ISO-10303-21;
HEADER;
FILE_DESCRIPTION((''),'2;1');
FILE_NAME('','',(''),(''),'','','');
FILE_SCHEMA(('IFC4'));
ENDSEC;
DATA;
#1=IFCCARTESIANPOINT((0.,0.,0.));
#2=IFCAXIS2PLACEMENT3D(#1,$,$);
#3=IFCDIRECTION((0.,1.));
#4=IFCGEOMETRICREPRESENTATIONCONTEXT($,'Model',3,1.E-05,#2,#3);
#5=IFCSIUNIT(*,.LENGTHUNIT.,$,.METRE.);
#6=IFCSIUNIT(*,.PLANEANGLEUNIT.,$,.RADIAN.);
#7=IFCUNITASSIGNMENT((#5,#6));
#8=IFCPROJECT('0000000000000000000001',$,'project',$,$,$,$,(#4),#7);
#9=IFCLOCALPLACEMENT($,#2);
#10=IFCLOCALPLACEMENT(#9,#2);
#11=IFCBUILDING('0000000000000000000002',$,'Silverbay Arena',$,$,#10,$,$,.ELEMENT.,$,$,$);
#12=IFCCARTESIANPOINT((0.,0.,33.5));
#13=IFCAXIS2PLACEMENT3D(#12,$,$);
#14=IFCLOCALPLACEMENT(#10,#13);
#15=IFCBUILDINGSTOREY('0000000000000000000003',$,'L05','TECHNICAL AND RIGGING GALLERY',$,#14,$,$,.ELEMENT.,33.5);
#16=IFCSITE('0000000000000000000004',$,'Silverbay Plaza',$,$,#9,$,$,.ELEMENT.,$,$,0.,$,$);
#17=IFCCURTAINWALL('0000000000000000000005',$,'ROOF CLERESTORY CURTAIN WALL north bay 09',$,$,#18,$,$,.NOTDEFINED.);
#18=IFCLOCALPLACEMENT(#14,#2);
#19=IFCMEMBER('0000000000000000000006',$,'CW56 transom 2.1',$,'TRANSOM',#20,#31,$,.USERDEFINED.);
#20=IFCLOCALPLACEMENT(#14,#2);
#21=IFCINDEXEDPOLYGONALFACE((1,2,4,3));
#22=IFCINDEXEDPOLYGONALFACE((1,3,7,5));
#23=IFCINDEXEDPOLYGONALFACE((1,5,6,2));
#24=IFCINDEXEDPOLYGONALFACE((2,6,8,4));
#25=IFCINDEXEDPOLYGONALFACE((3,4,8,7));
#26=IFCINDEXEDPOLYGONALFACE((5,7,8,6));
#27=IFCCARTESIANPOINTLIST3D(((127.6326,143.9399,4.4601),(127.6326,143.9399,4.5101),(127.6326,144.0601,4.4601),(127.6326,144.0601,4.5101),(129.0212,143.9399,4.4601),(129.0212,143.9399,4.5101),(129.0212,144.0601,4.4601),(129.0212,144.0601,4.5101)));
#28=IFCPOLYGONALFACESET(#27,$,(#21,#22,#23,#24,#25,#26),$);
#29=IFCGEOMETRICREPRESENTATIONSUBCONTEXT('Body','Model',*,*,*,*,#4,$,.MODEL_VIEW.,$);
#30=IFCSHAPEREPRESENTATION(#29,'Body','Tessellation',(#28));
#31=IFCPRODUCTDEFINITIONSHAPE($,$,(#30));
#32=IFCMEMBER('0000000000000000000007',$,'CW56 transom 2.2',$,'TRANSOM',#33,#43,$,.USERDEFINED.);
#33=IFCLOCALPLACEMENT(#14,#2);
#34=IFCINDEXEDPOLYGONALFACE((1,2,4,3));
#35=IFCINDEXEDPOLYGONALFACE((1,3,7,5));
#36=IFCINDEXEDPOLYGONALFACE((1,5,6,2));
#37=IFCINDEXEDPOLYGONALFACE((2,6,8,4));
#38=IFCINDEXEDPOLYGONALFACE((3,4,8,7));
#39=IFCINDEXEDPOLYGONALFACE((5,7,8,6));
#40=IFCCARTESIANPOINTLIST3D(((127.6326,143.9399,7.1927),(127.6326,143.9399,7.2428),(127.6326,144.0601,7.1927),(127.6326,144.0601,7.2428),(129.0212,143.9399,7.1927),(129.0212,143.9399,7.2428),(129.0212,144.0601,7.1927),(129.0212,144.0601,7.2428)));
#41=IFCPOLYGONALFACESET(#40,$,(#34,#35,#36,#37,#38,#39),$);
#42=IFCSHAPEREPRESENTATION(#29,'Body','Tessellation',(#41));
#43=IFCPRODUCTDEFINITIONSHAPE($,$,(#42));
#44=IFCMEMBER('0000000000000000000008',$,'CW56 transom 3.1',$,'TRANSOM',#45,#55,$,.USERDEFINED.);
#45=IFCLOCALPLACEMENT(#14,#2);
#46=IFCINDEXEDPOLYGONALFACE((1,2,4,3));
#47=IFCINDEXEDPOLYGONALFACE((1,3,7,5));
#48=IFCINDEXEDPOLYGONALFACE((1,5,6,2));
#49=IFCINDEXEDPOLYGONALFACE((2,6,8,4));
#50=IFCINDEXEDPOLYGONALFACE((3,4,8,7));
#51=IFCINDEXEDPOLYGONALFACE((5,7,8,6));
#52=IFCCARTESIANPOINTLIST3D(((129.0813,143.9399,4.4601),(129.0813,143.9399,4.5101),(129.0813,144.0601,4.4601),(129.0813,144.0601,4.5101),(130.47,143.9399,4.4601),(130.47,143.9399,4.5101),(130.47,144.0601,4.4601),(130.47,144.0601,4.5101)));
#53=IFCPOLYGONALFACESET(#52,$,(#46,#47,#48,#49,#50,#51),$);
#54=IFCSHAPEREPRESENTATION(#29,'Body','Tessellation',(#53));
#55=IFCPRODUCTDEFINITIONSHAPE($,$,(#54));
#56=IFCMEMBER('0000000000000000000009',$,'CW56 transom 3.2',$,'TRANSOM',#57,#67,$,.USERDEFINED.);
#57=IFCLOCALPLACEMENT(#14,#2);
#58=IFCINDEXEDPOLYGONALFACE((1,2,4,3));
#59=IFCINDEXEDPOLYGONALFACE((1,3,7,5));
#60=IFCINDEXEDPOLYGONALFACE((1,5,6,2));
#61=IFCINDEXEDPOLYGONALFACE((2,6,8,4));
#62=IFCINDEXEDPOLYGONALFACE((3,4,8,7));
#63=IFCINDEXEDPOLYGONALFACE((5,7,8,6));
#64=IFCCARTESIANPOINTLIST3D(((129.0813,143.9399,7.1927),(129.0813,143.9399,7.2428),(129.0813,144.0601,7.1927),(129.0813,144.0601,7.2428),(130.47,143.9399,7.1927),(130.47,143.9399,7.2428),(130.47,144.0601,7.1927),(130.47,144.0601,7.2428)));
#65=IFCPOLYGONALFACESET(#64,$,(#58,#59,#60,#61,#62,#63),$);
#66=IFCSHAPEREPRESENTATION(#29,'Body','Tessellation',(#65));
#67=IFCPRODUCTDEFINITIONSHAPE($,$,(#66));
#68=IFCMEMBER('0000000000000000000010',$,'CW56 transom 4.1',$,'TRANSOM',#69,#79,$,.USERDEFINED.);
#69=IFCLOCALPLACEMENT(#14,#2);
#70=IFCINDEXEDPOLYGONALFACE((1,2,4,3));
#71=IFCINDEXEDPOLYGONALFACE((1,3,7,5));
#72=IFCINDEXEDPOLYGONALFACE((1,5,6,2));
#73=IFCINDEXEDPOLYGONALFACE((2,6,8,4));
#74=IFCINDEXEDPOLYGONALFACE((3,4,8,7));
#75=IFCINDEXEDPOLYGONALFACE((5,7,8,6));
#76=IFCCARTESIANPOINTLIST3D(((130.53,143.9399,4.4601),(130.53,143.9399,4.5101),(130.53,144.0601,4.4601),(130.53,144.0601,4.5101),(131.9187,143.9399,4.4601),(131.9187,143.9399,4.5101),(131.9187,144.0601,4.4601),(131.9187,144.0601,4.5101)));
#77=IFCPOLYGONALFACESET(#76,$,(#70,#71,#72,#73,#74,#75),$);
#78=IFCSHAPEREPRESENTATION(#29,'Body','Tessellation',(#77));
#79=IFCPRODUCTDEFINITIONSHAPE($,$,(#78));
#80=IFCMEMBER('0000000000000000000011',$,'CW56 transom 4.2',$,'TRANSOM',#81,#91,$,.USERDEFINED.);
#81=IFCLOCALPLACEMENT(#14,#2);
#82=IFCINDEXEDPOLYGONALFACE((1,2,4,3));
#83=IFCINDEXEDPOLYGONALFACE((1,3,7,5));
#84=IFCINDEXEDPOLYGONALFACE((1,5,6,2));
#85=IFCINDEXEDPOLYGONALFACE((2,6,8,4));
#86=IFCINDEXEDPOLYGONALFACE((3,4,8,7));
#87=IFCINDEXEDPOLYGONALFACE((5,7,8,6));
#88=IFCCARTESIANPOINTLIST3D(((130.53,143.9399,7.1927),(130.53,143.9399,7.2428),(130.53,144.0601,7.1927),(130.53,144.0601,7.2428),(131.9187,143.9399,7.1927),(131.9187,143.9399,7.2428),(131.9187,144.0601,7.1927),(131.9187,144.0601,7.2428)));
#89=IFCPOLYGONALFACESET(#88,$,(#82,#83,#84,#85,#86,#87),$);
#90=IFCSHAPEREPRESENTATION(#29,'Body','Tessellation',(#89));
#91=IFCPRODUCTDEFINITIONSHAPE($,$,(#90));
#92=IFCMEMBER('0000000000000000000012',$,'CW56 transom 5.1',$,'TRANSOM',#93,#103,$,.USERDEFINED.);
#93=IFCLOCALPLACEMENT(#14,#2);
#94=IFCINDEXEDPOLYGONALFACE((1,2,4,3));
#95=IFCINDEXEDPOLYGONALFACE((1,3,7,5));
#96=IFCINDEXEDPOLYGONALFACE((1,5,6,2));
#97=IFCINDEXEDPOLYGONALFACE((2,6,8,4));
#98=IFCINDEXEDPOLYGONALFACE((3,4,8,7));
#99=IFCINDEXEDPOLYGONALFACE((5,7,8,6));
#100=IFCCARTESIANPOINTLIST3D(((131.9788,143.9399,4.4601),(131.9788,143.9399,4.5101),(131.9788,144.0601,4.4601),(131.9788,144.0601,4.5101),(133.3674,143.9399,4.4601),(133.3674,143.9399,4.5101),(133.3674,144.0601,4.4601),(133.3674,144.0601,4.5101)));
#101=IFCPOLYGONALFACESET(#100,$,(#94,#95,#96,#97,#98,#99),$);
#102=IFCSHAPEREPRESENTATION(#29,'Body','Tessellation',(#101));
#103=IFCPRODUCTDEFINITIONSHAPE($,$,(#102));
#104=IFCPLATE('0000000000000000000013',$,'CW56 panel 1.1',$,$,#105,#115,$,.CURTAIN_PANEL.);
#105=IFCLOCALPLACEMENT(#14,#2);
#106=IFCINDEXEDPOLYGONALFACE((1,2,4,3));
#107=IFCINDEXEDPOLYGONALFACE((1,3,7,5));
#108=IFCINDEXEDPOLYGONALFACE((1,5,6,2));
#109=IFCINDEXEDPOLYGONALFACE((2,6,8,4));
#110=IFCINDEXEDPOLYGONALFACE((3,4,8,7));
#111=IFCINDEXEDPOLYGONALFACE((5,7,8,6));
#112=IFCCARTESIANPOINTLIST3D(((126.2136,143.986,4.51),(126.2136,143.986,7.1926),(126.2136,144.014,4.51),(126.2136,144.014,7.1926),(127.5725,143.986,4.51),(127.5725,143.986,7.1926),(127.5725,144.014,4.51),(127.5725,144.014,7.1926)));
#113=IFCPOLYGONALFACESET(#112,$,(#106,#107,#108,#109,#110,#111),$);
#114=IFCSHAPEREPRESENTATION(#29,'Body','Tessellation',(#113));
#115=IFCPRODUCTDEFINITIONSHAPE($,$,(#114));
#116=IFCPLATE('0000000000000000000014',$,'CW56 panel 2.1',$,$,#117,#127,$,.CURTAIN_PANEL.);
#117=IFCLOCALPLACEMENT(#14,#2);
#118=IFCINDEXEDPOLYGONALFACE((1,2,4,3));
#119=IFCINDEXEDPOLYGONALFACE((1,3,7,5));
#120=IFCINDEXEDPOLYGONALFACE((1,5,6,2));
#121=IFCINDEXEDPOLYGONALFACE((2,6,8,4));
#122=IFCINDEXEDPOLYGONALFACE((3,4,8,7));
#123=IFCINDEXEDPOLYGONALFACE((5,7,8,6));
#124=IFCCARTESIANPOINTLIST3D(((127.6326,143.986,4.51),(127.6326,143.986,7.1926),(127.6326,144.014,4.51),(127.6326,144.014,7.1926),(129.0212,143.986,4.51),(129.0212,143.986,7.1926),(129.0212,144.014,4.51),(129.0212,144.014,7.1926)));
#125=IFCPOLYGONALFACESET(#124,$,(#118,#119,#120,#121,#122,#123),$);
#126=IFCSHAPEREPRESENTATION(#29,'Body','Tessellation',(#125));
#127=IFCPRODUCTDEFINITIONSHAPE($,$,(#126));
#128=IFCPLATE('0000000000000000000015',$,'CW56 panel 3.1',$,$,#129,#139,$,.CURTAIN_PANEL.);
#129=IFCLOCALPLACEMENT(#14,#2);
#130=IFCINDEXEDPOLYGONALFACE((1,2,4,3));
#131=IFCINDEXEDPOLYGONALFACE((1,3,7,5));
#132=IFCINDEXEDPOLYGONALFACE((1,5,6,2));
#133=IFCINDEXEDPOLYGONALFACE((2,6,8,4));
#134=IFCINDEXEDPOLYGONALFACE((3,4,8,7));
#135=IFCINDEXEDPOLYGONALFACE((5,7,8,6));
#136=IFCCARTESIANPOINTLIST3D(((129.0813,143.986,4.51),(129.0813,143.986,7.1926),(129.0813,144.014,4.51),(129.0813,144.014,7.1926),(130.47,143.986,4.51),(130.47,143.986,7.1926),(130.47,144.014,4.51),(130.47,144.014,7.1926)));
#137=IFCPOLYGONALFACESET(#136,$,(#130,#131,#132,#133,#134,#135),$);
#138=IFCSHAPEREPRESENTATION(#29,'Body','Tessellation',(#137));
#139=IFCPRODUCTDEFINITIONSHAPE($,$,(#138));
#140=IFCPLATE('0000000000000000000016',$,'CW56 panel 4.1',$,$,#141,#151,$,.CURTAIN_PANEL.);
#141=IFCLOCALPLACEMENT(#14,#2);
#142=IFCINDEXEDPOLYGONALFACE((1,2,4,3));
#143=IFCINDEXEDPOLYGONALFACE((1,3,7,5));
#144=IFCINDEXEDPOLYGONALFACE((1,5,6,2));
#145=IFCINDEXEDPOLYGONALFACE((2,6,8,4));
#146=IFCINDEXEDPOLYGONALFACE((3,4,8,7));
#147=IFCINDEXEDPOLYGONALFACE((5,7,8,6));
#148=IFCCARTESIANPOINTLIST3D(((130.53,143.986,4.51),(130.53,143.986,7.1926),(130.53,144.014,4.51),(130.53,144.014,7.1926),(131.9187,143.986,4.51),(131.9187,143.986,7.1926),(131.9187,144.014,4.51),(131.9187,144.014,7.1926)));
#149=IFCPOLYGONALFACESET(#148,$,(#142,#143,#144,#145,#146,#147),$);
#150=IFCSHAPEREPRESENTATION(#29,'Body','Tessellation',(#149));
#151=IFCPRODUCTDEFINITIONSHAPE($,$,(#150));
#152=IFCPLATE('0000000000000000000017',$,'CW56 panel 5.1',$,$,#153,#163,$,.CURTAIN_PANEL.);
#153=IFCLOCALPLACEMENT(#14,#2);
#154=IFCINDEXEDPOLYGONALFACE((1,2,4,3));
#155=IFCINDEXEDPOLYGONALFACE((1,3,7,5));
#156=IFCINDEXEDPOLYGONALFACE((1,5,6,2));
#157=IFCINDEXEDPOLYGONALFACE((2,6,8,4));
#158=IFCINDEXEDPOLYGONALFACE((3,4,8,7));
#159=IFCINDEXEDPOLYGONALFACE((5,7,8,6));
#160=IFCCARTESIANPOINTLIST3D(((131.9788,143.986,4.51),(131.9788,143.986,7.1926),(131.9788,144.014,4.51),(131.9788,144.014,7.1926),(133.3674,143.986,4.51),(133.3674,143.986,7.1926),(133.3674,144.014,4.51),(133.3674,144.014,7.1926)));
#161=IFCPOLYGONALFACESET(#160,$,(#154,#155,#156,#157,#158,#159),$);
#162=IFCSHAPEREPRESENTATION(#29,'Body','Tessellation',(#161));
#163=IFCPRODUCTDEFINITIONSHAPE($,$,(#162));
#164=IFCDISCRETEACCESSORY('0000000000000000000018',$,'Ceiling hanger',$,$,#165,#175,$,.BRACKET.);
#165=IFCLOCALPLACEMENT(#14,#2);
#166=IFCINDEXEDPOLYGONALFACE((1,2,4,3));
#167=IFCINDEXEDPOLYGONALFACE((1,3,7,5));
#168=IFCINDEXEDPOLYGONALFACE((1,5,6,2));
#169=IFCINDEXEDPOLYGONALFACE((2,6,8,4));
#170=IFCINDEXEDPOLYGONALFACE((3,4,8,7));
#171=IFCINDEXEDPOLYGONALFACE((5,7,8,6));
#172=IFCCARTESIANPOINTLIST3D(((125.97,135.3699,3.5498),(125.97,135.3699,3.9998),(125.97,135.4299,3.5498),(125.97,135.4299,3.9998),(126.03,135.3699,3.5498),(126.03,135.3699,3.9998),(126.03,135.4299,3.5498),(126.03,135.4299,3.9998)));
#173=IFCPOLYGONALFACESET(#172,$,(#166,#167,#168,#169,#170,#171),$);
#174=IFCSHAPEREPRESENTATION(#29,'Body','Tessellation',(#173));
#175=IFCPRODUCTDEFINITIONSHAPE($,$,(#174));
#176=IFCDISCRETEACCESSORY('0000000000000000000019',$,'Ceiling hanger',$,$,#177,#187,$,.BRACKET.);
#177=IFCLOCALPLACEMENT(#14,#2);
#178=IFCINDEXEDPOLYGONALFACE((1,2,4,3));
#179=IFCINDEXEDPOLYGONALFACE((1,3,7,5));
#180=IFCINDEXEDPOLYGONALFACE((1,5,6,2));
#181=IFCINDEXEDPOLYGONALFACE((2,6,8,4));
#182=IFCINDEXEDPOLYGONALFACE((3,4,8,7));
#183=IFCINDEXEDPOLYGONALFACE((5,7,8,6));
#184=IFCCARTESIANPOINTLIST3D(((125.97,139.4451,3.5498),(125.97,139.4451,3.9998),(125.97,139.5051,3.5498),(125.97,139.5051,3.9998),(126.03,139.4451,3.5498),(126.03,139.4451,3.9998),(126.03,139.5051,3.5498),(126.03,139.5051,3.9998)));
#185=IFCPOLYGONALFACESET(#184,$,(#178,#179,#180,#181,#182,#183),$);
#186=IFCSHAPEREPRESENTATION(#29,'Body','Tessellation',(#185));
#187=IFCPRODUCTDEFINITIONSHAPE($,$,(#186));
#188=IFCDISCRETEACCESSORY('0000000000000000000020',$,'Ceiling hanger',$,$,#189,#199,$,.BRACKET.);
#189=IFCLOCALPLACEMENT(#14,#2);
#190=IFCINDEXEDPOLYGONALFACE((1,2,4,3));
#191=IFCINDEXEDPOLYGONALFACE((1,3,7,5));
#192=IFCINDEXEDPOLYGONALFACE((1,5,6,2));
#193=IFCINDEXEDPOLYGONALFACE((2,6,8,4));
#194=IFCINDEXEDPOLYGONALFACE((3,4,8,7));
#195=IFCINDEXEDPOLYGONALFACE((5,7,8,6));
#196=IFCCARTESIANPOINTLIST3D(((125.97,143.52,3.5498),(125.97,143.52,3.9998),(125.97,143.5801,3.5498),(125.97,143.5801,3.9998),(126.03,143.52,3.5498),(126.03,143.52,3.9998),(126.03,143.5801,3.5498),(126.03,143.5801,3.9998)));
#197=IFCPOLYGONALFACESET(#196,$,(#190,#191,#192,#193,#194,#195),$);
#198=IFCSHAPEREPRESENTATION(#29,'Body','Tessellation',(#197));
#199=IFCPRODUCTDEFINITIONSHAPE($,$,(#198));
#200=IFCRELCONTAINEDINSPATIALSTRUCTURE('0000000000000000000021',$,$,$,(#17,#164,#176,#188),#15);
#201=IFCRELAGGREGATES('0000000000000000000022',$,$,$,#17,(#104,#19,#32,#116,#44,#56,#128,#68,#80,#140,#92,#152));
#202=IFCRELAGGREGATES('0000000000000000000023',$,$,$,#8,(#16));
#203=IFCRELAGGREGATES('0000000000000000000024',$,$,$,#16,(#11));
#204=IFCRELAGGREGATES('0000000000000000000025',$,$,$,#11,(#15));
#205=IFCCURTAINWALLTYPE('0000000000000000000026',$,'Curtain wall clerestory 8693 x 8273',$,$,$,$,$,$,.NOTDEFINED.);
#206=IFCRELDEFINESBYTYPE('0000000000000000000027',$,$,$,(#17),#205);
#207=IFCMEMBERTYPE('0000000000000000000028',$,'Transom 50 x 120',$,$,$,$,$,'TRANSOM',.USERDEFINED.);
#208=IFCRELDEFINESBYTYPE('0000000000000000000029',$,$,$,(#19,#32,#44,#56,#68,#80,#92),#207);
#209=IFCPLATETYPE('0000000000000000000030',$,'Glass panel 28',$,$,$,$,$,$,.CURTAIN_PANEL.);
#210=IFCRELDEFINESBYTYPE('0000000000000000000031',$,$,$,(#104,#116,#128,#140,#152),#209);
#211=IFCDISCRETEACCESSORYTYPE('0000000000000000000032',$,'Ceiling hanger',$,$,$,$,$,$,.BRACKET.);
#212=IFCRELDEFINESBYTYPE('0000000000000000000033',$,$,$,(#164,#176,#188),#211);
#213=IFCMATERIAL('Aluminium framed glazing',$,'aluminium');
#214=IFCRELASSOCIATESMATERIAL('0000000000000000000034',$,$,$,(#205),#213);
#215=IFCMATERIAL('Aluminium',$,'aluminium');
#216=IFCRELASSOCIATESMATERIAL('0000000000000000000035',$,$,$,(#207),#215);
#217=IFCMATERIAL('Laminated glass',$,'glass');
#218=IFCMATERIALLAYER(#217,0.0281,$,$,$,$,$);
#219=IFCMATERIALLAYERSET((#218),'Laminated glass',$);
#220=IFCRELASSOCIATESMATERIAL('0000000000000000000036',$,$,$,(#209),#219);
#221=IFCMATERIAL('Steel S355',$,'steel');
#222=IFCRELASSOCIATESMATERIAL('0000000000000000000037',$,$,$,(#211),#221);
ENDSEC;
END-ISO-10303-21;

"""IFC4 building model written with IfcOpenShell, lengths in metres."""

from ifc_helpers import new_model, si_unit, direction, frame, origin, origin_2d, place, context, subcontext, project, spatial, rectangle, extrude, material, layer, layer_set, material_profile, profile_set, type_object, element, aggregate, save


model = new_model("IFC4")

# Units and contexts
model_context = context("Model", 3, precision=1e-05, world=origin(), true_north=direction((0.0, 1.0)))
body_context = subcontext(model_context, "Body", "Model", "MODEL_VIEW")
ifc_project = project(units=[si_unit("LENGTHUNIT", "METRE"), si_unit("PLANEANGLEUNIT", "RADIAN")], contexts=[model_context])

# Site, building, storey
site_placement = place(None, origin())
site = spatial("IfcSite", under=ifc_project, at=site_placement, Name="Silverbay Plaza", CompositionType="ELEMENT", RefElevation=0.0)
building_placement = place(site_placement, origin())
building = spatial("IfcBuilding", under=site, at=building_placement, Name="Silverbay Arena", CompositionType="ELEMENT")
storey_placement = place(building_placement, frame((0.0, 0.0, 33.5)))
storey = spatial("IfcBuildingStorey", under=building, at=storey_placement, Name="L05", Description="TECHNICAL AND RIGGING GALLERY", CompositionType="ELEMENT", Elevation=33.5)

# Curtain wall
ifc_material_1 = material(Name="Aluminium framed glazing", Category="aluminium")
curtain_wall_type = type_object("IfcCurtainWallType", Name="Curtain wall clerestory 8693 x 8273", PredefinedType="NOTDEFINED", material=ifc_material_1)
curtain_wall_placement = place(storey_placement, origin())
curtain_wall = element("IfcCurtainWall", 1, at=curtain_wall_placement, inside=storey, type_object=curtain_wall_type, Name="ROOF CLERESTORY CURTAIN WALL north bay 09", PredefinedType="NOTDEFINED")

# Members
ifc_material_2 = material(Name="Aluminium", Category="aluminium")
ifc_material_profile_1 = material_profile(ifc_material_2, rectangle(XDim=0.1201, YDim=0.05, at=origin_2d()), Name="Transom 50 x 120")
ifc_profile_set_1 = profile_set([ifc_material_profile_1], Name="Aluminium")
member_type_1 = type_object("IfcMemberType", Name="Transom 50 x 120", ElementType="TRANSOM", PredefinedType="USERDEFINED", material=ifc_profile_set_1)
member_1_placement = place(storey_placement, frame((127.6326, 144.0, 4.4851), z_axis=(1.0, 0.0, 0.0), x_axis=(0.0, 1.0, 0.0)))
member_1 = element("IfcMember", 2, at=member_1_placement, type_object=member_type_1, Name="CW56 transom 2.1", ObjectType="TRANSOM", PredefinedType="USERDEFINED", context=body_context, shape_type="SweptSolid", body=[
    extrude(rectangle(XDim=0.1201, YDim=0.05, at=origin_2d()), origin(), (0.0, 0.0, 1.0), 1.3887),
])
member_2_placement = place(storey_placement, frame((127.6326, 144.0, 7.2178), z_axis=(1.0, 0.0, 0.0), x_axis=(0.0, 1.0, 0.0)))
member_2 = element("IfcMember", 3, at=member_2_placement, type_object=member_type_1, Name="CW56 transom 2.2", ObjectType="TRANSOM", PredefinedType="USERDEFINED", context=body_context, shape_type="SweptSolid", body=[
    extrude(rectangle(XDim=0.1201, YDim=0.05, at=origin_2d()), origin(), (0.0, 0.0, 1.0), 1.3887),
])
member_3_placement = place(storey_placement, frame((129.0813, 144.0, 4.4851), z_axis=(1.0, 0.0, 0.0), x_axis=(0.0, 1.0, 0.0)))
member_3 = element("IfcMember", 4, at=member_3_placement, type_object=member_type_1, Name="CW56 transom 3.1", ObjectType="TRANSOM", PredefinedType="USERDEFINED", context=body_context, shape_type="SweptSolid", body=[
    extrude(rectangle(XDim=0.1201, YDim=0.05, at=origin_2d()), origin(), (0.0, 0.0, 1.0), 1.3887),
])
member_4_placement = place(storey_placement, frame((129.0813, 144.0, 7.2178), z_axis=(1.0, 0.0, 0.0), x_axis=(0.0, 1.0, 0.0)))
member_4 = element("IfcMember", 5, at=member_4_placement, type_object=member_type_1, Name="CW56 transom 3.2", ObjectType="TRANSOM", PredefinedType="USERDEFINED", context=body_context, shape_type="SweptSolid", body=[
    extrude(rectangle(XDim=0.1201, YDim=0.05, at=origin_2d()), origin(), (0.0, 0.0, 1.0), 1.3887),
])
member_5_placement = place(storey_placement, frame((130.53, 144.0, 4.4851), z_axis=(1.0, 0.0, 0.0), x_axis=(0.0, 1.0, 0.0)))
member_5 = element("IfcMember", 6, at=member_5_placement, type_object=member_type_1, Name="CW56 transom 4.1", ObjectType="TRANSOM", PredefinedType="USERDEFINED", context=body_context, shape_type="SweptSolid", body=[
    extrude(rectangle(XDim=0.1201, YDim=0.05, at=origin_2d()), origin(), (0.0, 0.0, 1.0), 1.3887),
])
member_6_placement = place(storey_placement, frame((130.53, 144.0, 7.2178), z_axis=(1.0, 0.0, 0.0), x_axis=(0.0, 1.0, 0.0)))
member_6 = element("IfcMember", 7, at=member_6_placement, type_object=member_type_1, Name="CW56 transom 4.2", ObjectType="TRANSOM", PredefinedType="USERDEFINED", context=body_context, shape_type="SweptSolid", body=[
    extrude(rectangle(XDim=0.1201, YDim=0.05, at=origin_2d()), origin(), (0.0, 0.0, 1.0), 1.3887),
])
member_7_placement = place(storey_placement, frame((131.9788, 144.0, 4.4851), z_axis=(1.0, 0.0, 0.0), x_axis=(0.0, 1.0, 0.0)))
member_7 = element("IfcMember", 8, at=member_7_placement, type_object=member_type_1, Name="CW56 transom 5.1", ObjectType="TRANSOM", PredefinedType="USERDEFINED", context=body_context, shape_type="SweptSolid", body=[
    extrude(rectangle(XDim=0.1201, YDim=0.05, at=origin_2d()), origin(), (0.0, 0.0, 1.0), 1.3887),
])

# Plates
ifc_material_3 = material(Name="Laminated glass", Category="glass")
ifc_layer = layer(ifc_material_3, 0.0281)
ifc_layer_set = layer_set([ifc_layer], Name="Laminated glass")
plate_type = type_object("IfcPlateType", Name="Glass panel 28", PredefinedType="CURTAIN_PANEL", material=ifc_layer_set)
plate_1_placement = place(storey_placement, frame((126.8931, 144.0, 4.51), z_axis=(0.0, 0.0, 1.0), x_axis=(1.0, 0.0, 0.0)))
plate_1 = element("IfcPlate", 9, at=plate_1_placement, type_object=plate_type, Name="CW56 panel 1.1", PredefinedType="CURTAIN_PANEL", context=body_context, shape_type="SweptSolid", body=[
    extrude(rectangle(XDim=1.3589, YDim=0.0281, at=origin_2d()), origin(), (0.0, 0.0, 1.0), 2.6826),
])
plate_2_placement = place(storey_placement, frame((128.3269, 144.0, 4.51), z_axis=(0.0, 0.0, 1.0), x_axis=(1.0, 0.0, 0.0)))
plate_2 = element("IfcPlate", 10, at=plate_2_placement, type_object=plate_type, Name="CW56 panel 2.1", PredefinedType="CURTAIN_PANEL", context=body_context, shape_type="SweptSolid", body=[
    extrude(rectangle(XDim=1.3887, YDim=0.0281, at=origin_2d()), origin(), (0.0, 0.0, 1.0), 2.6826),
])
plate_3_placement = place(storey_placement, frame((129.7756, 144.0, 4.51), z_axis=(0.0, 0.0, 1.0), x_axis=(1.0, 0.0, 0.0)))
plate_3 = element("IfcPlate", 11, at=plate_3_placement, type_object=plate_type, Name="CW56 panel 3.1", PredefinedType="CURTAIN_PANEL", context=body_context, shape_type="SweptSolid", body=[
    extrude(rectangle(XDim=1.3887, YDim=0.0281, at=origin_2d()), origin(), (0.0, 0.0, 1.0), 2.6826),
])
plate_4_placement = place(storey_placement, frame((131.2244, 144.0, 4.51), z_axis=(0.0, 0.0, 1.0), x_axis=(1.0, 0.0, 0.0)))
plate_4 = element("IfcPlate", 12, at=plate_4_placement, type_object=plate_type, Name="CW56 panel 4.1", PredefinedType="CURTAIN_PANEL", context=body_context, shape_type="SweptSolid", body=[
    extrude(rectangle(XDim=1.3887, YDim=0.0281, at=origin_2d()), origin(), (0.0, 0.0, 1.0), 2.6826),
])
plate_5_placement = place(storey_placement, frame((132.6731, 144.0, 4.51), z_axis=(0.0, 0.0, 1.0), x_axis=(1.0, 0.0, 0.0)))
plate_5 = element("IfcPlate", 13, at=plate_5_placement, type_object=plate_type, Name="CW56 panel 5.1", PredefinedType="CURTAIN_PANEL", context=body_context, shape_type="SweptSolid", body=[
    extrude(rectangle(XDim=1.3887, YDim=0.0281, at=origin_2d()), origin(), (0.0, 0.0, 1.0), 2.6826),
])
aggregate(curtain_wall, [plate_1, member_1, member_2, plate_2, member_3, member_4, plate_3, member_5, member_6, plate_4, member_7, plate_5])

# Discrete accessories
ifc_material_4 = material(Name="Steel S355", Category="steel")
discrete_accessory_type = type_object("IfcDiscreteAccessoryType", Name="Ceiling hanger", PredefinedType="BRACKET", material=ifc_material_4)
for number, where, z_axis, x_axis, name in (
    (14, (126.0, 135.3999, 3.5498), (0.0, 0.0, 1.0), (1.0, 0.0, 0.0), "Ceiling hanger"),
    (15, (126.0, 139.4751, 3.5498), (0.0, 0.0, 1.0), (1.0, 0.0, 0.0), "Ceiling hanger"),
    (16, (126.0, 143.55, 3.5498), (0.0, 0.0, 1.0), (1.0, 0.0, 0.0), "Ceiling hanger"),
):
    element("IfcDiscreteAccessory", number, at=place(storey_placement, frame(where, z_axis=z_axis, x_axis=x_axis)), inside=storey, type_object=discrete_accessory_type, Name=name, PredefinedType="BRACKET", context=body_context, shape_type="SweptSolid", body=[
        extrude(rectangle(XDim=0.0601, YDim=0.0601, at=origin_2d()), origin(), (0.0, 0.0, 1.0), 0.45),
    ])

save(model, "model.ifc")
